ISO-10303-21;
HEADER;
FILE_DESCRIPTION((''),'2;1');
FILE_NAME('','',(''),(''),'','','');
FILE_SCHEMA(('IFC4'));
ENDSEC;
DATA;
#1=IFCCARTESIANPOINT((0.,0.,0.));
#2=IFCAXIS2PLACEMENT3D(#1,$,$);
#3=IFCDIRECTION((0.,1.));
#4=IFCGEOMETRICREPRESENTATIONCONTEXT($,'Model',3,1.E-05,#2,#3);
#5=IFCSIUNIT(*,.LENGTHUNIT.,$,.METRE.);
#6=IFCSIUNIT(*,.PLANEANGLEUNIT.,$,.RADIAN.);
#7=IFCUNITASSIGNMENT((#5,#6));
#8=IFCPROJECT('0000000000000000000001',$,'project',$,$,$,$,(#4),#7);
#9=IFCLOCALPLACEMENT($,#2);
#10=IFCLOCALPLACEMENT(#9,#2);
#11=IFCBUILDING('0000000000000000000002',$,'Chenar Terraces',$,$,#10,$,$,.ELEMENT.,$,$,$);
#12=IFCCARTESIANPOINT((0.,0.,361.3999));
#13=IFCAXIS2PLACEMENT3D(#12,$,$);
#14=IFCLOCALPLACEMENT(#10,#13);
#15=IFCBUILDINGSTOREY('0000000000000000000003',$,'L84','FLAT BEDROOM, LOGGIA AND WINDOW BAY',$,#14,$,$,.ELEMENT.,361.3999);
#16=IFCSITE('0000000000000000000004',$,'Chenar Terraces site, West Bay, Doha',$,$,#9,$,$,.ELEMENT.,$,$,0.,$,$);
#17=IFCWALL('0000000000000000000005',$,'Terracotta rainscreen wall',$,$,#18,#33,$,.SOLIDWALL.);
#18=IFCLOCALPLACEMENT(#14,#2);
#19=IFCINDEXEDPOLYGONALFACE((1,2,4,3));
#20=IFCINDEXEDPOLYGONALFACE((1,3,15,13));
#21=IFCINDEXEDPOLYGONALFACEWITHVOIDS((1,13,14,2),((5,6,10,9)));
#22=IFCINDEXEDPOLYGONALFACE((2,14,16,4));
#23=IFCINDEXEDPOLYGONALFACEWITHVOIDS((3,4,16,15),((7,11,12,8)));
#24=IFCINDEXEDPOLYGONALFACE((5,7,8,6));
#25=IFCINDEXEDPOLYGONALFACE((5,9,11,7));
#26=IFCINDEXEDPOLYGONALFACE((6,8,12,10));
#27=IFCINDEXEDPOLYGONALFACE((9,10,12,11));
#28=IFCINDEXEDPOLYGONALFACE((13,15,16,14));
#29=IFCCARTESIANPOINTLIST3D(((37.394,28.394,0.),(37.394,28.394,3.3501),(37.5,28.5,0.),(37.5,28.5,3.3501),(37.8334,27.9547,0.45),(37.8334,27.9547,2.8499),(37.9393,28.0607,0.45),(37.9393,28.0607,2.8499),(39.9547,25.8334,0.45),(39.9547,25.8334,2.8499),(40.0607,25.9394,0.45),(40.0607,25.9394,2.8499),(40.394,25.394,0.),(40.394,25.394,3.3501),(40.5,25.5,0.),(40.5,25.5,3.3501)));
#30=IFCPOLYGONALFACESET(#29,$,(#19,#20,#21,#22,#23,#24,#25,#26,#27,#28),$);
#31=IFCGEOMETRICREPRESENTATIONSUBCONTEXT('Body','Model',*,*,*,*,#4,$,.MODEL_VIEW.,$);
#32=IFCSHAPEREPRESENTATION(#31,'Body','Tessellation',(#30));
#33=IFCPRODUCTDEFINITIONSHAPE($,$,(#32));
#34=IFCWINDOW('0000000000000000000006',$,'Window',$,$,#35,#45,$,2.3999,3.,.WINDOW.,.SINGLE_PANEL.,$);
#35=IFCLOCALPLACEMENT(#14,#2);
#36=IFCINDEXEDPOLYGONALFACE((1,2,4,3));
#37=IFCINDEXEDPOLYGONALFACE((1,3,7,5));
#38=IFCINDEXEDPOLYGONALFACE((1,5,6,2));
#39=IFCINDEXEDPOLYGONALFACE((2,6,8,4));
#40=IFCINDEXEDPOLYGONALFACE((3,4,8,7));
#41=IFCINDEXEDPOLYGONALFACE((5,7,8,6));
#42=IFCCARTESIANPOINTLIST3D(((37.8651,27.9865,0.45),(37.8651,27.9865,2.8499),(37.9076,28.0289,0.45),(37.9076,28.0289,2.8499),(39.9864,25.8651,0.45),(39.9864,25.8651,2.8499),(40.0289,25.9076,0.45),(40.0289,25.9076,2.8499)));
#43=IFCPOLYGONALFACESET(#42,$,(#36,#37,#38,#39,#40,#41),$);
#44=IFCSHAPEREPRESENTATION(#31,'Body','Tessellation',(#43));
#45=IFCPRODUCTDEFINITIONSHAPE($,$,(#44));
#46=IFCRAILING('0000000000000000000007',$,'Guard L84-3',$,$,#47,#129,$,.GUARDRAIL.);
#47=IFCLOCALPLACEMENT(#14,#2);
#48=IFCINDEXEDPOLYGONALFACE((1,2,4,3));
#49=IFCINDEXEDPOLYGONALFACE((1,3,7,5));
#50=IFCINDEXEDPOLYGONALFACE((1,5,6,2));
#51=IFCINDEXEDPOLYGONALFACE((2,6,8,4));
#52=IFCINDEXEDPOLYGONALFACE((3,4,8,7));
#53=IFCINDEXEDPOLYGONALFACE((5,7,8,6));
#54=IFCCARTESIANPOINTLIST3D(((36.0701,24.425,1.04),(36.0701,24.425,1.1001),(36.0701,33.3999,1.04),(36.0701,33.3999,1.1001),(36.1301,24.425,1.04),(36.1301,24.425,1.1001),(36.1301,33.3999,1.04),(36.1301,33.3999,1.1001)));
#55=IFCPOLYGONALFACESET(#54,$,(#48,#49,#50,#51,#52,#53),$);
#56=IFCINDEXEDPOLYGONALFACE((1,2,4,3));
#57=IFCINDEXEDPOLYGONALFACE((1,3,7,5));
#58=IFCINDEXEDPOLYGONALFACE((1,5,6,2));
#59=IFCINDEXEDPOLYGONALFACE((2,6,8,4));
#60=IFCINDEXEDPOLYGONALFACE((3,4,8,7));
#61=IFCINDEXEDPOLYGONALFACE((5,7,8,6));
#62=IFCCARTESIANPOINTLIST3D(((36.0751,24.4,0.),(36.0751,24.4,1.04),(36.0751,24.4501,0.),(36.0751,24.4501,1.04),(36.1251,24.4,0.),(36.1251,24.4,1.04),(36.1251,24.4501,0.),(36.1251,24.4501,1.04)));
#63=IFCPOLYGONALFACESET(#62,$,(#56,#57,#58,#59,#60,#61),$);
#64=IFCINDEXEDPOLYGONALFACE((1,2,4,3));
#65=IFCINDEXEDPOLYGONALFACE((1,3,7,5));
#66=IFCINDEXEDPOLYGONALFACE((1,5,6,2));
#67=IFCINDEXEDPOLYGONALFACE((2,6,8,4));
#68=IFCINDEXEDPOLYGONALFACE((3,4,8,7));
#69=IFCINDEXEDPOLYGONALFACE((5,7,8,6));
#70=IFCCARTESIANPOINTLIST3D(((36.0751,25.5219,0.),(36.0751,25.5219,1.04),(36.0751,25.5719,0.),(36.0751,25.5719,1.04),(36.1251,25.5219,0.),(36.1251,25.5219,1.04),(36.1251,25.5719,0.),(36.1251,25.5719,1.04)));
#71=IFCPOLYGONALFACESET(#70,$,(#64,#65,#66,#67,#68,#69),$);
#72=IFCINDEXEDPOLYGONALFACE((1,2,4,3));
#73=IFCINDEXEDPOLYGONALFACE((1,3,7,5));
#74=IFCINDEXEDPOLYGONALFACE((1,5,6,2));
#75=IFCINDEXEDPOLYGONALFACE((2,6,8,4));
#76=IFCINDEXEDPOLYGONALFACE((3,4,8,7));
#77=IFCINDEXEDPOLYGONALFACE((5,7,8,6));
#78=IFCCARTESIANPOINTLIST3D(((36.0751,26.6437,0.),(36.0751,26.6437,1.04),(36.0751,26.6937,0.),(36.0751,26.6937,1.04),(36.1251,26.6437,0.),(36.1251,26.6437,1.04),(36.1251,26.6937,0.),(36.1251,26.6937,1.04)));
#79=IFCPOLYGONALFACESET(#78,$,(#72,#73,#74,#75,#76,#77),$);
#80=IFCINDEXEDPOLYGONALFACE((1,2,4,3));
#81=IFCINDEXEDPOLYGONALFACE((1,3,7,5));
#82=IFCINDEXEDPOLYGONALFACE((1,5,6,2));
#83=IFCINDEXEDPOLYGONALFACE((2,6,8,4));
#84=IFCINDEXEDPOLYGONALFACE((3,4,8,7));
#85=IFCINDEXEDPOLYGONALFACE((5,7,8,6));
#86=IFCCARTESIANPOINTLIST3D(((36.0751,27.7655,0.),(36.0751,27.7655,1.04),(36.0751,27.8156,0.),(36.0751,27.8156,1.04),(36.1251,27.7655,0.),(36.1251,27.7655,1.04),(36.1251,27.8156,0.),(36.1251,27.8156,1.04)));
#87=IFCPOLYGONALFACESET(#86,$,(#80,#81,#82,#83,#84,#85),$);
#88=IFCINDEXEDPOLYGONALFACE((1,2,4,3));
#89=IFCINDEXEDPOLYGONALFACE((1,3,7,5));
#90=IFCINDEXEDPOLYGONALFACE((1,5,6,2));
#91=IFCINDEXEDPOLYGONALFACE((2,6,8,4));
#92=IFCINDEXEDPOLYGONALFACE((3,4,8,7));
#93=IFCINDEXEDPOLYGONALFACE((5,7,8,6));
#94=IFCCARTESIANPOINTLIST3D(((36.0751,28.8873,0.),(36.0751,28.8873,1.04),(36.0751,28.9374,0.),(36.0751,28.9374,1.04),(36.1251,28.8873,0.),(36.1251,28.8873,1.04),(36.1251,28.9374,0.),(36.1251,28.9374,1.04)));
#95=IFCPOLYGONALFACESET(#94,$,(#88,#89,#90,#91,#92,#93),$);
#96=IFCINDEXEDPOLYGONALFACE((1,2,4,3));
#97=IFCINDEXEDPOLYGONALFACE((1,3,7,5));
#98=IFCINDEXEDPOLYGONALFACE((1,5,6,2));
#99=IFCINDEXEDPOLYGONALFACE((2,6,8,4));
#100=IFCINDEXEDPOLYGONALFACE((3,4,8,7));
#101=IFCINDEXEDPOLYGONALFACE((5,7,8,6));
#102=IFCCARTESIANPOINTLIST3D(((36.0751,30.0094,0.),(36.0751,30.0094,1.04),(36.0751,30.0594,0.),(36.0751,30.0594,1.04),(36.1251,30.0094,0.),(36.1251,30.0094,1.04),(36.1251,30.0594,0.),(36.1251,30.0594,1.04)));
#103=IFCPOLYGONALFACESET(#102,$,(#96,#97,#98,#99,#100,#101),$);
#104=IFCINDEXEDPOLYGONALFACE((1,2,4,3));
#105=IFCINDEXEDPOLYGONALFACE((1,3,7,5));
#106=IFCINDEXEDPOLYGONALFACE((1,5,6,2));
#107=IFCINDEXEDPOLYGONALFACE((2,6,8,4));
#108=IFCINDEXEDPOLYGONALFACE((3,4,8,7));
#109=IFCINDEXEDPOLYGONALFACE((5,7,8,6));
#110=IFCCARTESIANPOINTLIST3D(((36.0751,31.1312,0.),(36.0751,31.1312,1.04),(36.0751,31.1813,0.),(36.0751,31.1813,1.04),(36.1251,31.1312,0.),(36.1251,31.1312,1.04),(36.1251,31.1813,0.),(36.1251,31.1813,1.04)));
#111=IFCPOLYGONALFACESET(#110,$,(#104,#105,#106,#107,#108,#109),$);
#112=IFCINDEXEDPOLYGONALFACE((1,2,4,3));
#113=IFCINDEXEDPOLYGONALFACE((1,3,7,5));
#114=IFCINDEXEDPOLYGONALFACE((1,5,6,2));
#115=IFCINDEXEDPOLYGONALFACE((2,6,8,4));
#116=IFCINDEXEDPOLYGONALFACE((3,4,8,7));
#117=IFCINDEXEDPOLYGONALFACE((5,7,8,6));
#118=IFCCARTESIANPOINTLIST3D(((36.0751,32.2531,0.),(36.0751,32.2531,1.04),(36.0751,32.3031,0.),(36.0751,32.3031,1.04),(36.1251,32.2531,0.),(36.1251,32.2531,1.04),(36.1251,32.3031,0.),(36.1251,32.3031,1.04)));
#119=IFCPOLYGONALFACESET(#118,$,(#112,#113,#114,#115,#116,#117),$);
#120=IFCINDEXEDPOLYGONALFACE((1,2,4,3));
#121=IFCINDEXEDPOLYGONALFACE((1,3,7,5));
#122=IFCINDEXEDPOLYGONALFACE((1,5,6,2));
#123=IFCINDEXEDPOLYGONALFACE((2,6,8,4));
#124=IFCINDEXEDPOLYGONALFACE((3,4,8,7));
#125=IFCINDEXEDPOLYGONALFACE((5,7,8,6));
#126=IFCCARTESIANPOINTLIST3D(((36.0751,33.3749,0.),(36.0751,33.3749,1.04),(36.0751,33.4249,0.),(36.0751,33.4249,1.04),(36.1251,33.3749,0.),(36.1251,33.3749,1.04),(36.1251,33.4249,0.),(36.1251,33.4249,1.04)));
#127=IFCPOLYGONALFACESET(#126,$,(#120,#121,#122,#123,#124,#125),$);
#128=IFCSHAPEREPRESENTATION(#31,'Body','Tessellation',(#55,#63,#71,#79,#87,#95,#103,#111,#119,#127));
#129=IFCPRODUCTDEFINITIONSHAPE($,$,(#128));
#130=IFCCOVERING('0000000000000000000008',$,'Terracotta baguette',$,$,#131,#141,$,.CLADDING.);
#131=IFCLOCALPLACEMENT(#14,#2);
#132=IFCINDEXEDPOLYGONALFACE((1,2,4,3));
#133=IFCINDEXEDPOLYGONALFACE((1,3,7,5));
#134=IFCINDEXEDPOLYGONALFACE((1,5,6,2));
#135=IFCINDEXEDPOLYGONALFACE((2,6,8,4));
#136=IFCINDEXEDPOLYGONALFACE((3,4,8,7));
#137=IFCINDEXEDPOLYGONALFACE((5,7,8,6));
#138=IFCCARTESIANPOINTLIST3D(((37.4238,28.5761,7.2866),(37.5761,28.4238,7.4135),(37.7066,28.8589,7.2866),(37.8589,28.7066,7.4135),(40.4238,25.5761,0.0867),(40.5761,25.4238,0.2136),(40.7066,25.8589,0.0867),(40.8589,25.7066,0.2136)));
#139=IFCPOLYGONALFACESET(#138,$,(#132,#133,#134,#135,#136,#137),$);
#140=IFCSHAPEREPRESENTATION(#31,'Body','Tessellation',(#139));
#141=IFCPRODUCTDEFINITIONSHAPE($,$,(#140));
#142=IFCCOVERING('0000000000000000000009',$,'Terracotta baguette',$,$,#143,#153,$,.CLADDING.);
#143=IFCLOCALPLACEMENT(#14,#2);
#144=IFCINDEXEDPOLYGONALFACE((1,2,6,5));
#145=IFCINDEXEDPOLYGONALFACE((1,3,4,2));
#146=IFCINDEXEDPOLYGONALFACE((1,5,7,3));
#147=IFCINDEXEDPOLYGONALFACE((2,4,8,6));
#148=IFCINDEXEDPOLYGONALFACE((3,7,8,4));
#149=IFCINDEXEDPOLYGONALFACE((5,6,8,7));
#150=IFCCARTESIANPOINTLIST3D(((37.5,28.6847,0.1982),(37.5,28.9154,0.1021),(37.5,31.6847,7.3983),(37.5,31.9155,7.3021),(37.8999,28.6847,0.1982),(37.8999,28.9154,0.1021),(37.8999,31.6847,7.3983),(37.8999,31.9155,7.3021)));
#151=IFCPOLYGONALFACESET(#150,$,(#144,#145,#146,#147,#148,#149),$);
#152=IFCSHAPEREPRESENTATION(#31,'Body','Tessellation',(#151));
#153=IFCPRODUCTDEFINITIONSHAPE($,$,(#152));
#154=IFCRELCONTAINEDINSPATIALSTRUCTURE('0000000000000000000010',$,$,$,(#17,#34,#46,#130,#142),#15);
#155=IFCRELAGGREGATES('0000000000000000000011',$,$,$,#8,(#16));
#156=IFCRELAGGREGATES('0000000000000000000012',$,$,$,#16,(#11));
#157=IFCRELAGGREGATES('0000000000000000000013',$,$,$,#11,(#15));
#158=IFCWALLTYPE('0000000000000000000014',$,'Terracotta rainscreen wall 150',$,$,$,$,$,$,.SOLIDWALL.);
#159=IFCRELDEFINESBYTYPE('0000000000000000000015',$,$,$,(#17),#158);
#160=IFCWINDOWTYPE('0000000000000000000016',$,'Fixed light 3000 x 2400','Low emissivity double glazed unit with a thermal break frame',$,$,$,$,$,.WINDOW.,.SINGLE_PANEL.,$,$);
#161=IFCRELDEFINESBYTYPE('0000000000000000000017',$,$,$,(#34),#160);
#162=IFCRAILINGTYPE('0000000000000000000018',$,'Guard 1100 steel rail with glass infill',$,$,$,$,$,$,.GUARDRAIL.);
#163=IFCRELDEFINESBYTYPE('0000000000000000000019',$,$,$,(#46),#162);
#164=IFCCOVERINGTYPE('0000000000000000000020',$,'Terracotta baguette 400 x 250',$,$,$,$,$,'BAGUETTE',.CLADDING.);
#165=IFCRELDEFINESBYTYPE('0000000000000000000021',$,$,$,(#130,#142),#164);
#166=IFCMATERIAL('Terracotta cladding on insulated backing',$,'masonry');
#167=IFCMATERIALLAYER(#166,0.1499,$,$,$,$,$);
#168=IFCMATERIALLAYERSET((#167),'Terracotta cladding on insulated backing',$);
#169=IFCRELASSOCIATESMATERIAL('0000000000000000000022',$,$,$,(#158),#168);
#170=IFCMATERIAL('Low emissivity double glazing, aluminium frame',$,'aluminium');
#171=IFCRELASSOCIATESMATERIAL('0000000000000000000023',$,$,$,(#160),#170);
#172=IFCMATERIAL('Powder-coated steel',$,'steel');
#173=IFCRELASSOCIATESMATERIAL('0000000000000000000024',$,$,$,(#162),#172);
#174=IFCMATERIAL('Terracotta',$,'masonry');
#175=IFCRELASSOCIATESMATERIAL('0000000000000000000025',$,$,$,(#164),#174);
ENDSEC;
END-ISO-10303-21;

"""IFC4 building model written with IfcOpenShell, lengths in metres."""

from ifc_helpers import new_model, si_unit, direction, frame, frame_2d, origin, origin_2d, place, context, subcontext, project, spatial, rectangle, extrude, material, layer, layer_set, material_profile, profile_set, type_object, element, fill, save


model = new_model("IFC4")

# Units and contexts
model_context = context("Model", 3, precision=1e-05, world=origin(), true_north=direction((0.0, 1.0)))
body_context = subcontext(model_context, "Body", "Model", "MODEL_VIEW")
ifc_project = project(units=[si_unit("LENGTHUNIT", "METRE"), si_unit("PLANEANGLEUNIT", "RADIAN")], contexts=[model_context])

# Site, building, storey
site_placement = place(None, origin())
site = spatial("IfcSite", under=ifc_project, at=site_placement, Name="Chenar Terraces site, West Bay, Doha", CompositionType="ELEMENT", RefElevation=0.0)
building_placement = place(site_placement, origin())
building = spatial("IfcBuilding", under=site, at=building_placement, Name="Chenar Terraces", CompositionType="ELEMENT")
storey_placement = place(building_placement, frame((0.0, 0.0, 361.3999)))
storey = spatial("IfcBuildingStorey", under=building, at=storey_placement, Name="L84", Description="FLAT BEDROOM, LOGGIA AND WINDOW BAY", CompositionType="ELEMENT", Elevation=361.3999)

# Wall, opening, window
ifc_material_1 = material(Name="Terracotta cladding on insulated backing", Category="masonry")
ifc_layer_1 = layer(ifc_material_1, 0.1499)
ifc_layer_set_1 = layer_set([ifc_layer_1], Name="Terracotta cladding on insulated backing")
wall_type_1 = type_object("IfcWallType", Name="Terracotta rainscreen wall 150", PredefinedType="SOLIDWALL", material=ifc_layer_set_1)
wall_1_placement = place(storey_placement, frame((40.447, 25.447, 0.0), z_axis=(0.0, 0.0, 1.0), x_axis=(-0.707107, 0.707107, 0.0)))
wall_1 = element("IfcWall", 1, at=wall_1_placement, inside=storey, type_object=wall_type_1, Name="Terracotta rainscreen wall", PredefinedType="SOLIDWALL", context=body_context, shape_type="SweptSolid", body=[
    extrude(rectangle(XDim=4.2427, YDim=0.1499, at=frame_2d((2.1213, 0.0))), origin(), (0.0, 0.0, 1.0), 3.3501),
])
opening_placement = place(wall_1_placement, frame((0.6213, 0.0, 0.45)))
opening = element("IfcOpeningElement", 2, at=opening_placement, cuts=wall_1, PredefinedType="OPENING", context=body_context, shape_type="SweptSolid", body=[
    extrude(rectangle(XDim=3.0, YDim=2.3999, at=frame_2d((1.5, 1.2))), frame((0.0, 0.085, 0.0), z_axis=(0.0, -1.0, 0.0), x_axis=(1.0, 0.0, 0.0)), (0.0, 0.0, 1.0), 0.1699),
])
ifc_material_2 = material(Name="Low emissivity double glazing, aluminium frame", Category="aluminium")
window_type = type_object("IfcWindowType", Name="Fixed light 3000 x 2400", Description="Low emissivity double glazed unit with a thermal break frame", PartitioningType="SINGLE_PANEL", PredefinedType="WINDOW", material=ifc_material_2)
window_placement = place(opening_placement, origin())
window = element("IfcWindow", 3, at=window_placement, inside=storey, type_object=window_type, Name="Window", OverallHeight=2.3999, OverallWidth=3.0, PartitioningType="SINGLE_PANEL", PredefinedType="WINDOW", context=body_context, shape_type="SweptSolid", body=[
    extrude(rectangle(XDim=3.0, YDim=2.3999, at=frame_2d((1.5, 1.2))), frame((0.0, 0.03, 0.0), z_axis=(0.0, -1.0, 0.0), x_axis=(1.0, 0.0, 0.0)), (0.0, 0.0, 1.0), 0.0601),
])
fill(opening, window)

# Railing
ifc_material_3 = material(Name="Powder-coated steel", Category="steel")
railing_type = type_object("IfcRailingType", Name="Guard 1100 steel rail with glass infill", PredefinedType="GUARDRAIL", material=ifc_material_3)
railing_placement = place(storey_placement, frame((36.1001, 24.425, 0.0)))
element("IfcRailing", 4, at=railing_placement, inside=storey, type_object=railing_type, Name="Guard L84-3", PredefinedType="GUARDRAIL", context=body_context, shape_type="SweptSolid", body=[
    extrude(rectangle(XDim=0.0601, YDim=0.0601, at=origin_2d()), frame((0.0, 0.0, 1.0701), z_axis=(0.0, 1.0, 0.0), x_axis=(-1.0, 0.0, 0.0)), (0.0, 0.0, 1.0), 8.9749),
    extrude(rectangle(XDim=0.05, YDim=0.05, at=origin_2d()), origin(), (0.0, 0.0, 1.0), 1.04),
    extrude(rectangle(XDim=0.05, YDim=0.05, at=origin_2d()), frame((0.0, 1.1218, 0.0)), (0.0, 0.0, 1.0), 1.04),
    extrude(rectangle(XDim=0.05, YDim=0.05, at=origin_2d()), frame((0.0, 2.2437, 0.0)), (0.0, 0.0, 1.0), 1.04),
    extrude(rectangle(XDim=0.05, YDim=0.05, at=origin_2d()), frame((0.0, 3.3655, 0.0)), (0.0, 0.0, 1.0), 1.04),
    extrude(rectangle(XDim=0.05, YDim=0.05, at=origin_2d()), frame((0.0, 4.4873, 0.0)), (0.0, 0.0, 1.0), 1.04),
    extrude(rectangle(XDim=0.05, YDim=0.05, at=origin_2d()), frame((0.0, 5.6094, 0.0)), (0.0, 0.0, 1.0), 1.04),
    extrude(rectangle(XDim=0.05, YDim=0.05, at=origin_2d()), frame((0.0, 6.7312, 0.0)), (0.0, 0.0, 1.0), 1.04),
    extrude(rectangle(XDim=0.05, YDim=0.05, at=origin_2d()), frame((0.0, 7.853, 0.0)), (0.0, 0.0, 1.0), 1.04),
    extrude(rectangle(XDim=0.05, YDim=0.05, at=origin_2d()), frame((0.0, 8.9749, 0.0)), (0.0, 0.0, 1.0), 1.04),
])

# Coverings
ifc_material_4 = material(Name="Terracotta", Category="masonry")
ifc_material_profile_1 = material_profile(ifc_material_4, rectangle(XDim=0.3999, YDim=0.25, at=origin_2d()), Name="Terracotta baguette 400 x 250")
ifc_profile_set_1 = profile_set([ifc_material_profile_1], Name="Terracotta")
covering_type = type_object("IfcCoveringType", Name="Terracotta baguette 400 x 250", ElementType="BAGUETTE", PredefinedType="CLADDING", material=ifc_profile_set_1)
covering_1_placement = place(storey_placement, frame((40.6414, 25.6414, 0.1501), z_axis=(-0.358981, 0.358981, 0.861548), x_axis=(-0.707107, -0.707107, 0.0)))
element("IfcCovering", 5, at=covering_1_placement, inside=storey, type_object=covering_type, Name="Terracotta baguette", PredefinedType="CLADDING", context=body_context, shape_type="SweptSolid", body=[
    extrude(rectangle(XDim=0.3999, YDim=0.25, at=origin_2d()), origin(), (0.0, 0.0, 1.0), 8.3569),
])
covering_2_placement = place(storey_placement, frame((37.7, 28.8, 0.1501), z_axis=(0.0, 0.384618, 0.923076), x_axis=(-1.0, 0.0, 0.0)))
element("IfcCovering", 6, at=covering_2_placement, inside=storey, type_object=covering_type, Name="Terracotta baguette", PredefinedType="CLADDING", context=body_context, shape_type="SweptSolid", body=[
    extrude(rectangle(XDim=0.3999, YDim=0.25, at=origin_2d()), origin(), (0.0, 0.0, 1.0), 7.8),
])

save(model, "model.ifc")
